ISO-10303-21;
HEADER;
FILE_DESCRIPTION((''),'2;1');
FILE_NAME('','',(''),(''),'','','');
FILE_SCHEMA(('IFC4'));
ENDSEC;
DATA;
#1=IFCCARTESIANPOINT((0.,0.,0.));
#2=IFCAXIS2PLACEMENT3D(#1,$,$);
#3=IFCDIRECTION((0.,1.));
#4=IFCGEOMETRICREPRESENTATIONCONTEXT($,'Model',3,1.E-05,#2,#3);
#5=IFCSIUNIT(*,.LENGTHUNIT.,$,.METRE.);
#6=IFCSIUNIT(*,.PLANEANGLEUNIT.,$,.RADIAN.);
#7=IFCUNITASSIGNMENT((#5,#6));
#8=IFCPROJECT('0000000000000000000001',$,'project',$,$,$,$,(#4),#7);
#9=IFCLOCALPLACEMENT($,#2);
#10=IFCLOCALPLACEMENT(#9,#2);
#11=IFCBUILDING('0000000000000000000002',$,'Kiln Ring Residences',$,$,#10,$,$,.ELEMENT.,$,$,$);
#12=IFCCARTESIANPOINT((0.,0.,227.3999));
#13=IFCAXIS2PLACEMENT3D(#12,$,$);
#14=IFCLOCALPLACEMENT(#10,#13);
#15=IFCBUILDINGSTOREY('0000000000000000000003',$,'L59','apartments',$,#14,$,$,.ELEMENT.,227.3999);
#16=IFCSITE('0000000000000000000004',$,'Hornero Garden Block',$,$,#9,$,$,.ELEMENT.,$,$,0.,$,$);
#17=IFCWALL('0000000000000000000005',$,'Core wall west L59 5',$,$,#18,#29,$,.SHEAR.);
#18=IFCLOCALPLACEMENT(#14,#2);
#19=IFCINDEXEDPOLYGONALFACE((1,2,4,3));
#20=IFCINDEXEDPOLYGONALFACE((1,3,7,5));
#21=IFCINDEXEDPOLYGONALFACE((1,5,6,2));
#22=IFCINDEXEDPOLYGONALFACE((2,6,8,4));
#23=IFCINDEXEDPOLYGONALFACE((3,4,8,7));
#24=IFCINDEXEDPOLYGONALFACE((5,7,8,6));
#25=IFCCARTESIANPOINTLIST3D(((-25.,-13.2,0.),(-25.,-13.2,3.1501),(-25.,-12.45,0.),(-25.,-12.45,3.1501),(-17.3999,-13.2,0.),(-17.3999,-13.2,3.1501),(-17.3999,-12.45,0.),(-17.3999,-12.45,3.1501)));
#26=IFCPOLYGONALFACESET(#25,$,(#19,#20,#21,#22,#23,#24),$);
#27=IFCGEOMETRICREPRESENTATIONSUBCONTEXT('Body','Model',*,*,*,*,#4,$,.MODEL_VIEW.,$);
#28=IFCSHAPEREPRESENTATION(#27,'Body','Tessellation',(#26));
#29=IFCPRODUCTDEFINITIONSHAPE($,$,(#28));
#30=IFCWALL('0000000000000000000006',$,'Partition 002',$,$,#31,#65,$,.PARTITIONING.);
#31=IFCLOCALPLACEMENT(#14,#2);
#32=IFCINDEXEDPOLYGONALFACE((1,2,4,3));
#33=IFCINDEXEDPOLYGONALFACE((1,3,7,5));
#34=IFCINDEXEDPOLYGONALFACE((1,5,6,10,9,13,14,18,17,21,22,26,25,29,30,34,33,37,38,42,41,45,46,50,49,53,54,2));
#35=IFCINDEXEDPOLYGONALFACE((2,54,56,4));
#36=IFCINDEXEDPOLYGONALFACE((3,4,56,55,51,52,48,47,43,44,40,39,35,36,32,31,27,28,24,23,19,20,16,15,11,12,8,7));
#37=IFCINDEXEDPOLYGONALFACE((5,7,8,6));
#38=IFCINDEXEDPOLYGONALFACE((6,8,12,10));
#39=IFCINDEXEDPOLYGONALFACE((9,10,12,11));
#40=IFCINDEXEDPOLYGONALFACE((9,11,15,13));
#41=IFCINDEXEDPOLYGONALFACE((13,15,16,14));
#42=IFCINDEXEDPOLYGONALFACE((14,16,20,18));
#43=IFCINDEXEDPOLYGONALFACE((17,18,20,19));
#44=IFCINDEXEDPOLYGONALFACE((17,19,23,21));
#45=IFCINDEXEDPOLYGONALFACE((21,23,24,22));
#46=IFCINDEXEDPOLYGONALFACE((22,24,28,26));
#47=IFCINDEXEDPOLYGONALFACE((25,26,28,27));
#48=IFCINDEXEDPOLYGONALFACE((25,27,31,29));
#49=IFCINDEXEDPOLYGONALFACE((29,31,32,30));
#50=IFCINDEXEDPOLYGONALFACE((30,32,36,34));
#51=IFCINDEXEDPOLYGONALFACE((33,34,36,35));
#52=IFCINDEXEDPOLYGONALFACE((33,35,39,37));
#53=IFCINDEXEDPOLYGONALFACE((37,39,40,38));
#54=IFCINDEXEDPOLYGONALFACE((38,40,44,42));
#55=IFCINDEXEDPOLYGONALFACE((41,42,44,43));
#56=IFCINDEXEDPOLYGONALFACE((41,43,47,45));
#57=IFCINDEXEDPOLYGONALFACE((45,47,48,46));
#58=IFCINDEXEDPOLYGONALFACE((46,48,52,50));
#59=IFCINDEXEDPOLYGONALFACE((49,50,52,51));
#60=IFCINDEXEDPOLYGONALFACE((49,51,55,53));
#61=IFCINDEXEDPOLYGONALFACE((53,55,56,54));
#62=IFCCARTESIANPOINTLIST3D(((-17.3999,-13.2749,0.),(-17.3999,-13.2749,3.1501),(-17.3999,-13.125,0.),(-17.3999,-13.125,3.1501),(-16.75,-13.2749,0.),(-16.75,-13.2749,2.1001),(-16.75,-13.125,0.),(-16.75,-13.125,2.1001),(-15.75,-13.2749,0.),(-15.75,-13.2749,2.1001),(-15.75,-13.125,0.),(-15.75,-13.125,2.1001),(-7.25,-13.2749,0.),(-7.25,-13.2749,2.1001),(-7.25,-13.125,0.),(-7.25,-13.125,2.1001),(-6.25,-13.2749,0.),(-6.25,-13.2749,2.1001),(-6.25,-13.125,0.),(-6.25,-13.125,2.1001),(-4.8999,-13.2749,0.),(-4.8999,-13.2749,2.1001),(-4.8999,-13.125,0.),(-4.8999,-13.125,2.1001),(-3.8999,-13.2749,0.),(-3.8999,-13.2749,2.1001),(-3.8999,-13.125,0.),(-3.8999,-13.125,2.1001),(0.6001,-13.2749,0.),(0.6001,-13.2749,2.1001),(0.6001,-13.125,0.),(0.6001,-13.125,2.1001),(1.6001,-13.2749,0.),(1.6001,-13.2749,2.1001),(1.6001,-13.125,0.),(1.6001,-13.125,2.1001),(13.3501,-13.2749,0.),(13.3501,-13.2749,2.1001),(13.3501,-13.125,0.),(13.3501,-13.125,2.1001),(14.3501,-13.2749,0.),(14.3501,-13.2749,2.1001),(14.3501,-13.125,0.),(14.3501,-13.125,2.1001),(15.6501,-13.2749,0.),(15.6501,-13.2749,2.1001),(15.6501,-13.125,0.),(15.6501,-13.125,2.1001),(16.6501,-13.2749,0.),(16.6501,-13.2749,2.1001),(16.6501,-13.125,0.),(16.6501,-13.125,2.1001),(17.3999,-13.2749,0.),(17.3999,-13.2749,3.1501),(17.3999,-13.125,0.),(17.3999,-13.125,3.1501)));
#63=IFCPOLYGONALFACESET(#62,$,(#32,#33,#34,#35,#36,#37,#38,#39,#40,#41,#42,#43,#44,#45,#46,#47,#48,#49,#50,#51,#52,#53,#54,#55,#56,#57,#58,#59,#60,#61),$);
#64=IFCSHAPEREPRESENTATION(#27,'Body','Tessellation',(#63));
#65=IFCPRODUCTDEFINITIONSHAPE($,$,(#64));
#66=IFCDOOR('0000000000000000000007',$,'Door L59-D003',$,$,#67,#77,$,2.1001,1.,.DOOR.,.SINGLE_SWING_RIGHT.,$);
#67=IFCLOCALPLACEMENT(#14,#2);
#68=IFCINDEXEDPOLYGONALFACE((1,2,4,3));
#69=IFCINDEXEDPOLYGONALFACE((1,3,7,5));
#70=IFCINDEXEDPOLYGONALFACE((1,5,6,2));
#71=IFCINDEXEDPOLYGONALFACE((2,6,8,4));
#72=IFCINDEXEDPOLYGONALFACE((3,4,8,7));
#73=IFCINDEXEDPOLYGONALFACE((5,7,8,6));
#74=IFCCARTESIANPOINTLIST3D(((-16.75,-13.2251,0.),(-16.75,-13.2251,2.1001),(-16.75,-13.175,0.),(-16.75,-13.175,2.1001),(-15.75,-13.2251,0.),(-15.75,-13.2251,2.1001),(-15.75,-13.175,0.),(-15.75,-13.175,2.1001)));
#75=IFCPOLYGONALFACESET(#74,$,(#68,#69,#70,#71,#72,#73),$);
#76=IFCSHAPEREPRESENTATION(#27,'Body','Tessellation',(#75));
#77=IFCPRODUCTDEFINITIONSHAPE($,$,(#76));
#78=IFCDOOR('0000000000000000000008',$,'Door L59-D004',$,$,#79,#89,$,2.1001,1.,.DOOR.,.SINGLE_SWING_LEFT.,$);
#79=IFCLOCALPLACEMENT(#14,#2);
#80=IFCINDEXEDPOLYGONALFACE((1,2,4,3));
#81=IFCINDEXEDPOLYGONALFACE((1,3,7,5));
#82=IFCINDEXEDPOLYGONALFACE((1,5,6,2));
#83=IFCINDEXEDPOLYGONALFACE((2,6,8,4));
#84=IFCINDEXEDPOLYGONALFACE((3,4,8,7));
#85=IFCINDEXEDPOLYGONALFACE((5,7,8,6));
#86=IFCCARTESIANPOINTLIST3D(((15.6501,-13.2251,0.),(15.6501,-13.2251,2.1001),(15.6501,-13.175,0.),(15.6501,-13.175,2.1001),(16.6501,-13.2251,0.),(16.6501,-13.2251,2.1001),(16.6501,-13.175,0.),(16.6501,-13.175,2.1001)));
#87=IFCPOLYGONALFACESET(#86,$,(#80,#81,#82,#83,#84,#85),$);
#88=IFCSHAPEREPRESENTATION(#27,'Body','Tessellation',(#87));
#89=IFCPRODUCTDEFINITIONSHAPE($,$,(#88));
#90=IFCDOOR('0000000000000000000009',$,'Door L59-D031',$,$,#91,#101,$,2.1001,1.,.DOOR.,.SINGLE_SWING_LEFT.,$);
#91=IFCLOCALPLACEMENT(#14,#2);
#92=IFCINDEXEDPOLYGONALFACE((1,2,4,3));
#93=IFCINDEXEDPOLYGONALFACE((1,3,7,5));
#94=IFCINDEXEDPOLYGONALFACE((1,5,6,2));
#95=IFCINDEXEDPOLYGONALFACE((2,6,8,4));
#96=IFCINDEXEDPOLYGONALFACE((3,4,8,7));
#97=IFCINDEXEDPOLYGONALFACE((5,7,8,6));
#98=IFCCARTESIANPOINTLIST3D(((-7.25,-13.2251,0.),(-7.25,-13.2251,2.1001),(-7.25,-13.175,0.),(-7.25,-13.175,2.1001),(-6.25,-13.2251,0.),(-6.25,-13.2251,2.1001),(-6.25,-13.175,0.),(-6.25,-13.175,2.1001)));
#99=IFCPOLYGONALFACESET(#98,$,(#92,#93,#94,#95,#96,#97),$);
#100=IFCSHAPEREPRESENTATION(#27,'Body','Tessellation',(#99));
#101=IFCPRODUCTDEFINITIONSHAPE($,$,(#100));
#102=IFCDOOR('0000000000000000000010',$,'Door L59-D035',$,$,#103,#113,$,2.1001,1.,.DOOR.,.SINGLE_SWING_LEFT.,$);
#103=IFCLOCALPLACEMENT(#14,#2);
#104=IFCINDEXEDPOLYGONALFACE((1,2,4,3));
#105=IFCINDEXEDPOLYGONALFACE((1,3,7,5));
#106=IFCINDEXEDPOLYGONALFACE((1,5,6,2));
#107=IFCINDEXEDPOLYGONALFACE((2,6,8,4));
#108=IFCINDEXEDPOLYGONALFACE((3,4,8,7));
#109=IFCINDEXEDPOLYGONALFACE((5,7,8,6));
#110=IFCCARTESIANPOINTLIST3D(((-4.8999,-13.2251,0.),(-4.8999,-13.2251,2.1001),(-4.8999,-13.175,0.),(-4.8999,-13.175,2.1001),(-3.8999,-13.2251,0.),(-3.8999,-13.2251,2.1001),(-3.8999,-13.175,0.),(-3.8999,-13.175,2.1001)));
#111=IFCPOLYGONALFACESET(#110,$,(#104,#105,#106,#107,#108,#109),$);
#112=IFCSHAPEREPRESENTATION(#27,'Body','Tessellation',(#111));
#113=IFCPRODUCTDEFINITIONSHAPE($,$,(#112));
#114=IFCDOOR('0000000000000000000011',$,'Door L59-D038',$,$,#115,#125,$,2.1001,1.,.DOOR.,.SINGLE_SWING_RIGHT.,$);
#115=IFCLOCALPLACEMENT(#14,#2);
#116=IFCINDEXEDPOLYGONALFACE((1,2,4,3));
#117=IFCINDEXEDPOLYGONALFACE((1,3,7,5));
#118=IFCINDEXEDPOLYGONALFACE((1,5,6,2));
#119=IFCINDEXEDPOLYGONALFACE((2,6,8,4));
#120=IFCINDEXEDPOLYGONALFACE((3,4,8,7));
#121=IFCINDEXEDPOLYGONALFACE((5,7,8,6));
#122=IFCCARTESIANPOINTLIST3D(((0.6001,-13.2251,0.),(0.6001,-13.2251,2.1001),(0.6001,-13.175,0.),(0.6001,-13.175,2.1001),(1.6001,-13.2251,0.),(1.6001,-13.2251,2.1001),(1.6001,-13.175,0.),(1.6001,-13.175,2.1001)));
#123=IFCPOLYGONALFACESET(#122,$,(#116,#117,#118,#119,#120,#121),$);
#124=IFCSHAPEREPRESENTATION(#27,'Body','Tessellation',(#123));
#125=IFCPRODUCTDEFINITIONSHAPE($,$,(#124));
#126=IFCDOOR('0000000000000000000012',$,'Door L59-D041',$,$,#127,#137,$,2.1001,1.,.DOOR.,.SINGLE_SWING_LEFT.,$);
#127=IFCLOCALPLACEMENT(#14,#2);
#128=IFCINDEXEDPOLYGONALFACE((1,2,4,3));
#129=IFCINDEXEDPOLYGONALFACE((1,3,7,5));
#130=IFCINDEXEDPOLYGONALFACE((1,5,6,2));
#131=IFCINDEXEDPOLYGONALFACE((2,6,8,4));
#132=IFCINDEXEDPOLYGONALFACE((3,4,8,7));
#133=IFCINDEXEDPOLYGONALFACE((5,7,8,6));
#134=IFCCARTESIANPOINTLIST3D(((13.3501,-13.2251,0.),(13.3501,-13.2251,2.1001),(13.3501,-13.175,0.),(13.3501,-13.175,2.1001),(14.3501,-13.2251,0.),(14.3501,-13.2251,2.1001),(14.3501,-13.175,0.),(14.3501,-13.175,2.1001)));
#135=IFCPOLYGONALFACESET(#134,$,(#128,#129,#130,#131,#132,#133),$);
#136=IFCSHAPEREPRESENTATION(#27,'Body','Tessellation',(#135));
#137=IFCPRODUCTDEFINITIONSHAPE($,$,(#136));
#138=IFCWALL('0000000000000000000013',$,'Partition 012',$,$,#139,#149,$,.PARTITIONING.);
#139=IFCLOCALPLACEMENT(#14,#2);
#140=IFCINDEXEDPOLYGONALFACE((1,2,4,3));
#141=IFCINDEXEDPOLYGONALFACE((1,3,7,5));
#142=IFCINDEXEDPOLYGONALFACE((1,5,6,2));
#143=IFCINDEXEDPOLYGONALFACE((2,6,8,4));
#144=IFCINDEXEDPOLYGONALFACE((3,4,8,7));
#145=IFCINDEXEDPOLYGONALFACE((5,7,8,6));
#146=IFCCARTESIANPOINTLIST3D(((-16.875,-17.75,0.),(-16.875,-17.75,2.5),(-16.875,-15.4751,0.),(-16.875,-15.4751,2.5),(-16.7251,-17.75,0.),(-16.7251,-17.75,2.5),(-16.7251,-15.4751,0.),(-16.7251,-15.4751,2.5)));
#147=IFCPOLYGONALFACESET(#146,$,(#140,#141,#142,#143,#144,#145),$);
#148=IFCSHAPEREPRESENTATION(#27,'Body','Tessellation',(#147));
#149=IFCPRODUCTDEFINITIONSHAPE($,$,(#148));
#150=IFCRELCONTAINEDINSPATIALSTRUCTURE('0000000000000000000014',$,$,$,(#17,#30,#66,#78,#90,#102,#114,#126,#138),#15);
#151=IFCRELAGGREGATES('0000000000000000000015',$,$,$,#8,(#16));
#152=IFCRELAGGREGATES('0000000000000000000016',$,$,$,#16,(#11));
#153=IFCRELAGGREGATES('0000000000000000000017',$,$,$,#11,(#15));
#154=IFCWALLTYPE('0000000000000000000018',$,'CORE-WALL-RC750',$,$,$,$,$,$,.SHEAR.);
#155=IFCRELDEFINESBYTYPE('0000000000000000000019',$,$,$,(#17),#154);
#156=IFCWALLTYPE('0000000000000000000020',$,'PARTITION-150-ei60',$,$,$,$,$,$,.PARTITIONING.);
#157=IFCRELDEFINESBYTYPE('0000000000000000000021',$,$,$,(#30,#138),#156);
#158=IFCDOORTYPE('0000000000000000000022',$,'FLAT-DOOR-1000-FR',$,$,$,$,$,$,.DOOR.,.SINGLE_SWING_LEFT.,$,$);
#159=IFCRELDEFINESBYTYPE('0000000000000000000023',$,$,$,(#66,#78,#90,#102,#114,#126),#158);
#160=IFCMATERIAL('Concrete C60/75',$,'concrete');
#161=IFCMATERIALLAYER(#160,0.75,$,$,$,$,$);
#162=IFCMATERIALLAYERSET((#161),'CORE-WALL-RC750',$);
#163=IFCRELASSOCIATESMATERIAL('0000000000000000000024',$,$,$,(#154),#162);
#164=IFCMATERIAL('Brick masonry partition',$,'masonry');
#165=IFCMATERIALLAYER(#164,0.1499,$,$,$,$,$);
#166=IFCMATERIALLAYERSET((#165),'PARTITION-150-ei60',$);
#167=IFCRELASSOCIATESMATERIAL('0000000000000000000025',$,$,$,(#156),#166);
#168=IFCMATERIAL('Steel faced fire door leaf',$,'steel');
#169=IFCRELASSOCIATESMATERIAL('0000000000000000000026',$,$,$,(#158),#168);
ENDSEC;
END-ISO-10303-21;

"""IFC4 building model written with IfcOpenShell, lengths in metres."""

from ifc_helpers import new_model, si_unit, direction, frame, frame_2d, origin, place, context, subcontext, project, spatial, rectangle, extrude, material, layer, layer_set, type_object, element, fill, save


model = new_model("IFC4")

# Units and contexts
model_context = context("Model", 3, precision=1e-05, world=origin(), true_north=direction((0.0, 1.0)))
body_context = subcontext(model_context, "Body", "Model", "MODEL_VIEW")
ifc_project = project(units=[si_unit("LENGTHUNIT", "METRE"), si_unit("PLANEANGLEUNIT", "RADIAN")], contexts=[model_context])

# Site, building, storey
site_placement = place(None, origin())
site = spatial("IfcSite", under=ifc_project, at=site_placement, Name="Hornero Garden Block", CompositionType="ELEMENT", RefElevation=0.0)
building_placement = place(site_placement, origin())
building = spatial("IfcBuilding", under=site, at=building_placement, Name="Kiln Ring Residences", CompositionType="ELEMENT")
storey_placement = place(building_placement, frame((0.0, 0.0, 227.3999)))
storey = spatial("IfcBuildingStorey", under=building, at=storey_placement, Name="L59", Description="apartments", CompositionType="ELEMENT", Elevation=227.3999)

# Wall
ifc_material_1 = material(Name="Concrete C60/75", Category="concrete")
ifc_layer_1 = layer(ifc_material_1, 0.75)
ifc_layer_set_1 = layer_set([ifc_layer_1], Name="CORE-WALL-RC750")
wall_type_1 = type_object("IfcWallType", Name="CORE-WALL-RC750", PredefinedType="SHEAR", material=ifc_layer_set_1)
wall_1_placement = place(storey_placement, frame((-17.3999, -12.825, 0.0), z_axis=(0.0, 0.0, 1.0), x_axis=(-1.0, 0.0, 0.0)))
element("IfcWall", 1, at=wall_1_placement, inside=storey, type_object=wall_type_1, Name="Core wall west L59 5", PredefinedType="SHEAR", context=body_context, shape_type="SweptSolid", body=[
    extrude(rectangle(XDim=7.6001, YDim=0.75, at=frame_2d((3.8, 0.0))), origin(), (0.0, 0.0, 1.0), 3.1501),
])

# Wall, openings, doors
ifc_material_2 = material(Name="Brick masonry partition", Category="masonry")
ifc_layer_2 = layer(ifc_material_2, 0.1499)
ifc_layer_set_2 = layer_set([ifc_layer_2], Name="PARTITION-150-ei60")
wall_type_2 = type_object("IfcWallType", Name="PARTITION-150-ei60", PredefinedType="PARTITIONING", material=ifc_layer_set_2)
wall_2_placement = place(storey_placement, frame((-17.3999, -13.2, 0.0), z_axis=(0.0, 0.0, 1.0), x_axis=(1.0, 0.0, 0.0)))
wall_2 = element("IfcWall", 2, at=wall_2_placement, inside=storey, type_object=wall_type_2, Name="Partition 002", PredefinedType="PARTITIONING", context=body_context, shape_type="SweptSolid", body=[
    extrude(rectangle(XDim=34.7998, YDim=0.1499, at=frame_2d((17.3999, 0.0))), origin(), (0.0, 0.0, 1.0), 3.1501),
])
opening_1_placement = place(wall_2_placement, frame((0.6499, 0.0, 0.0)))
opening_1 = element("IfcOpeningElement", 3, at=opening_1_placement, cuts=wall_2, PredefinedType="OPENING", context=body_context, shape_type="SweptSolid", body=[
    extrude(rectangle(XDim=1.0, YDim=2.1001, at=frame_2d((0.5, 1.05))), frame((0.0, 0.085, 0.0), z_axis=(0.0, -1.0, 0.0), x_axis=(1.0, 0.0, 0.0)), (0.0, 0.0, 1.0), 0.1699),
])
opening_2_placement = place(wall_2_placement, frame((33.05, 0.0, 0.0)))
opening_2 = element("IfcOpeningElement", 4, at=opening_2_placement, cuts=wall_2, PredefinedType="OPENING", context=body_context, shape_type="SweptSolid", body=[
    extrude(rectangle(XDim=1.0, YDim=2.1001, at=frame_2d((0.5, 1.05))), frame((0.0, 0.085, 0.0), z_axis=(0.0, -1.0, 0.0), x_axis=(1.0, 0.0, 0.0)), (0.0, 0.0, 1.0), 0.1699),
])
opening_3_placement = place(wall_2_placement, frame((10.1499, 0.0, 0.0)))
opening_3 = element("IfcOpeningElement", 5, at=opening_3_placement, cuts=wall_2, PredefinedType="OPENING", context=body_context, shape_type="SweptSolid", body=[
    extrude(rectangle(XDim=1.0, YDim=2.1001, at=frame_2d((0.5, 1.05))), frame((0.0, 0.085, 0.0), z_axis=(0.0, -1.0, 0.0), x_axis=(1.0, 0.0, 0.0)), (0.0, 0.0, 1.0), 0.1699),
])
opening_4_placement = place(wall_2_placement, frame((12.5, 0.0, 0.0)))
opening_4 = element("IfcOpeningElement", 6, at=opening_4_placement, cuts=wall_2, PredefinedType="OPENING", context=body_context, shape_type="SweptSolid", body=[
    extrude(rectangle(XDim=1.0, YDim=2.1001, at=frame_2d((0.5, 1.05))), frame((0.0, 0.085, 0.0), z_axis=(0.0, -1.0, 0.0), x_axis=(1.0, 0.0, 0.0)), (0.0, 0.0, 1.0), 0.1699),
])
opening_5_placement = place(wall_2_placement, frame((18.0, 0.0, 0.0)))
opening_5 = element("IfcOpeningElement", 7, at=opening_5_placement, cuts=wall_2, PredefinedType="OPENING", context=body_context, shape_type="SweptSolid", body=[
    extrude(rectangle(XDim=1.0, YDim=2.1001, at=frame_2d((0.5, 1.05))), frame((0.0, 0.085, 0.0), z_axis=(0.0, -1.0, 0.0), x_axis=(1.0, 0.0, 0.0)), (0.0, 0.0, 1.0), 0.1699),
])
opening_6_placement = place(wall_2_placement, frame((30.75, 0.0, 0.0)))
opening_6 = element("IfcOpeningElement", 8, at=opening_6_placement, cuts=wall_2, PredefinedType="OPENING", context=body_context, shape_type="SweptSolid", body=[
    extrude(rectangle(XDim=1.0, YDim=2.1001, at=frame_2d((0.5, 1.05))), frame((0.0, 0.085, 0.0), z_axis=(0.0, -1.0, 0.0), x_axis=(1.0, 0.0, 0.0)), (0.0, 0.0, 1.0), 0.1699),
])
ifc_material_3 = material(Name="Steel faced fire door leaf", Category="steel")
door_type = type_object("IfcDoorType", Name="FLAT-DOOR-1000-FR", OperationType="SINGLE_SWING_LEFT", PredefinedType="DOOR", material=ifc_material_3)
door_1_placement = place(opening_1_placement, origin())
door_1 = element("IfcDoor", 9, at=door_1_placement, inside=storey, type_object=door_type, Name="Door L59-D003", OperationType="SINGLE_SWING_RIGHT", OverallHeight=2.1001, OverallWidth=1.0, PredefinedType="DOOR", context=body_context, shape_type="SweptSolid", body=[
    extrude(rectangle(XDim=1.0, YDim=2.1001, at=frame_2d((0.5, 1.05))), frame((0.0, 0.0249, 0.0), z_axis=(0.0, -1.0, 0.0), x_axis=(1.0, 0.0, 0.0)), (0.0, 0.0, 1.0), 0.05),
])
fill(opening_1, door_1)
door_2_placement = place(opening_2_placement, origin())
door_2 = element("IfcDoor", 10, at=door_2_placement, inside=storey, type_object=door_type, Name="Door L59-D004", OperationType="SINGLE_SWING_LEFT", OverallHeight=2.1001, OverallWidth=1.0, PredefinedType="DOOR", context=body_context, shape_type="SweptSolid", body=[
    extrude(rectangle(XDim=1.0, YDim=2.1001, at=frame_2d((0.5, 1.05))), frame((0.0, 0.0249, 0.0), z_axis=(0.0, -1.0, 0.0), x_axis=(1.0, 0.0, 0.0)), (0.0, 0.0, 1.0), 0.05),
])
fill(opening_2, door_2)
door_3_placement = place(opening_3_placement, origin())
door_3 = element("IfcDoor", 11, at=door_3_placement, inside=storey, type_object=door_type, Name="Door L59-D031", OperationType="SINGLE_SWING_LEFT", OverallHeight=2.1001, OverallWidth=1.0, PredefinedType="DOOR", context=body_context, shape_type="SweptSolid", body=[
    extrude(rectangle(XDim=1.0, YDim=2.1001, at=frame_2d((0.5, 1.05))), frame((0.0, 0.0249, 0.0), z_axis=(0.0, -1.0, 0.0), x_axis=(1.0, 0.0, 0.0)), (0.0, 0.0, 1.0), 0.05),
])
fill(opening_3, door_3)
door_4_placement = place(opening_4_placement, origin())
door_4 = element("IfcDoor", 12, at=door_4_placement, inside=storey, type_object=door_type, Name="Door L59-D035", OperationType="SINGLE_SWING_LEFT", OverallHeight=2.1001, OverallWidth=1.0, PredefinedType="DOOR", context=body_context, shape_type="SweptSolid", body=[
    extrude(rectangle(XDim=1.0, YDim=2.1001, at=frame_2d((0.5, 1.05))), frame((0.0, 0.0249, 0.0), z_axis=(0.0, -1.0, 0.0), x_axis=(1.0, 0.0, 0.0)), (0.0, 0.0, 1.0), 0.05),
])
fill(opening_4, door_4)
door_5_placement = place(opening_5_placement, origin())
door_5 = element("IfcDoor", 13, at=door_5_placement, inside=storey, type_object=door_type, Name="Door L59-D038", OperationType="SINGLE_SWING_RIGHT", OverallHeight=2.1001, OverallWidth=1.0, PredefinedType="DOOR", context=body_context, shape_type="SweptSolid", body=[
    extrude(rectangle(XDim=1.0, YDim=2.1001, at=frame_2d((0.5, 1.05))), frame((0.0, 0.0249, 0.0), z_axis=(0.0, -1.0, 0.0), x_axis=(1.0, 0.0, 0.0)), (0.0, 0.0, 1.0), 0.05),
])
fill(opening_5, door_5)
door_6_placement = place(opening_6_placement, origin())
door_6 = element("IfcDoor", 14, at=door_6_placement, inside=storey, type_object=door_type, Name="Door L59-D041", OperationType="SINGLE_SWING_LEFT", OverallHeight=2.1001, OverallWidth=1.0, PredefinedType="DOOR", context=body_context, shape_type="SweptSolid", body=[
    extrude(rectangle(XDim=1.0, YDim=2.1001, at=frame_2d((0.5, 1.05))), frame((0.0, 0.0249, 0.0), z_axis=(0.0, -1.0, 0.0), x_axis=(1.0, 0.0, 0.0)), (0.0, 0.0, 1.0), 0.05),
])
fill(opening_6, door_6)

# Wall
wall_3_placement = place(storey_placement, frame((-16.8, -17.75, 0.0), z_axis=(0.0, 0.0, 1.0), x_axis=(0.0, 1.0, 0.0)))
element("IfcWall", 15, at=wall_3_placement, inside=storey, type_object=wall_type_2, Name="Partition 012", PredefinedType="PARTITIONING", context=body_context, shape_type="SweptSolid", body=[
    extrude(rectangle(XDim=2.2749, YDim=0.1499, at=frame_2d((1.1375, 0.0))), origin(), (0.0, 0.0, 1.0), 2.5),
])

save(model, "model.ifc")
